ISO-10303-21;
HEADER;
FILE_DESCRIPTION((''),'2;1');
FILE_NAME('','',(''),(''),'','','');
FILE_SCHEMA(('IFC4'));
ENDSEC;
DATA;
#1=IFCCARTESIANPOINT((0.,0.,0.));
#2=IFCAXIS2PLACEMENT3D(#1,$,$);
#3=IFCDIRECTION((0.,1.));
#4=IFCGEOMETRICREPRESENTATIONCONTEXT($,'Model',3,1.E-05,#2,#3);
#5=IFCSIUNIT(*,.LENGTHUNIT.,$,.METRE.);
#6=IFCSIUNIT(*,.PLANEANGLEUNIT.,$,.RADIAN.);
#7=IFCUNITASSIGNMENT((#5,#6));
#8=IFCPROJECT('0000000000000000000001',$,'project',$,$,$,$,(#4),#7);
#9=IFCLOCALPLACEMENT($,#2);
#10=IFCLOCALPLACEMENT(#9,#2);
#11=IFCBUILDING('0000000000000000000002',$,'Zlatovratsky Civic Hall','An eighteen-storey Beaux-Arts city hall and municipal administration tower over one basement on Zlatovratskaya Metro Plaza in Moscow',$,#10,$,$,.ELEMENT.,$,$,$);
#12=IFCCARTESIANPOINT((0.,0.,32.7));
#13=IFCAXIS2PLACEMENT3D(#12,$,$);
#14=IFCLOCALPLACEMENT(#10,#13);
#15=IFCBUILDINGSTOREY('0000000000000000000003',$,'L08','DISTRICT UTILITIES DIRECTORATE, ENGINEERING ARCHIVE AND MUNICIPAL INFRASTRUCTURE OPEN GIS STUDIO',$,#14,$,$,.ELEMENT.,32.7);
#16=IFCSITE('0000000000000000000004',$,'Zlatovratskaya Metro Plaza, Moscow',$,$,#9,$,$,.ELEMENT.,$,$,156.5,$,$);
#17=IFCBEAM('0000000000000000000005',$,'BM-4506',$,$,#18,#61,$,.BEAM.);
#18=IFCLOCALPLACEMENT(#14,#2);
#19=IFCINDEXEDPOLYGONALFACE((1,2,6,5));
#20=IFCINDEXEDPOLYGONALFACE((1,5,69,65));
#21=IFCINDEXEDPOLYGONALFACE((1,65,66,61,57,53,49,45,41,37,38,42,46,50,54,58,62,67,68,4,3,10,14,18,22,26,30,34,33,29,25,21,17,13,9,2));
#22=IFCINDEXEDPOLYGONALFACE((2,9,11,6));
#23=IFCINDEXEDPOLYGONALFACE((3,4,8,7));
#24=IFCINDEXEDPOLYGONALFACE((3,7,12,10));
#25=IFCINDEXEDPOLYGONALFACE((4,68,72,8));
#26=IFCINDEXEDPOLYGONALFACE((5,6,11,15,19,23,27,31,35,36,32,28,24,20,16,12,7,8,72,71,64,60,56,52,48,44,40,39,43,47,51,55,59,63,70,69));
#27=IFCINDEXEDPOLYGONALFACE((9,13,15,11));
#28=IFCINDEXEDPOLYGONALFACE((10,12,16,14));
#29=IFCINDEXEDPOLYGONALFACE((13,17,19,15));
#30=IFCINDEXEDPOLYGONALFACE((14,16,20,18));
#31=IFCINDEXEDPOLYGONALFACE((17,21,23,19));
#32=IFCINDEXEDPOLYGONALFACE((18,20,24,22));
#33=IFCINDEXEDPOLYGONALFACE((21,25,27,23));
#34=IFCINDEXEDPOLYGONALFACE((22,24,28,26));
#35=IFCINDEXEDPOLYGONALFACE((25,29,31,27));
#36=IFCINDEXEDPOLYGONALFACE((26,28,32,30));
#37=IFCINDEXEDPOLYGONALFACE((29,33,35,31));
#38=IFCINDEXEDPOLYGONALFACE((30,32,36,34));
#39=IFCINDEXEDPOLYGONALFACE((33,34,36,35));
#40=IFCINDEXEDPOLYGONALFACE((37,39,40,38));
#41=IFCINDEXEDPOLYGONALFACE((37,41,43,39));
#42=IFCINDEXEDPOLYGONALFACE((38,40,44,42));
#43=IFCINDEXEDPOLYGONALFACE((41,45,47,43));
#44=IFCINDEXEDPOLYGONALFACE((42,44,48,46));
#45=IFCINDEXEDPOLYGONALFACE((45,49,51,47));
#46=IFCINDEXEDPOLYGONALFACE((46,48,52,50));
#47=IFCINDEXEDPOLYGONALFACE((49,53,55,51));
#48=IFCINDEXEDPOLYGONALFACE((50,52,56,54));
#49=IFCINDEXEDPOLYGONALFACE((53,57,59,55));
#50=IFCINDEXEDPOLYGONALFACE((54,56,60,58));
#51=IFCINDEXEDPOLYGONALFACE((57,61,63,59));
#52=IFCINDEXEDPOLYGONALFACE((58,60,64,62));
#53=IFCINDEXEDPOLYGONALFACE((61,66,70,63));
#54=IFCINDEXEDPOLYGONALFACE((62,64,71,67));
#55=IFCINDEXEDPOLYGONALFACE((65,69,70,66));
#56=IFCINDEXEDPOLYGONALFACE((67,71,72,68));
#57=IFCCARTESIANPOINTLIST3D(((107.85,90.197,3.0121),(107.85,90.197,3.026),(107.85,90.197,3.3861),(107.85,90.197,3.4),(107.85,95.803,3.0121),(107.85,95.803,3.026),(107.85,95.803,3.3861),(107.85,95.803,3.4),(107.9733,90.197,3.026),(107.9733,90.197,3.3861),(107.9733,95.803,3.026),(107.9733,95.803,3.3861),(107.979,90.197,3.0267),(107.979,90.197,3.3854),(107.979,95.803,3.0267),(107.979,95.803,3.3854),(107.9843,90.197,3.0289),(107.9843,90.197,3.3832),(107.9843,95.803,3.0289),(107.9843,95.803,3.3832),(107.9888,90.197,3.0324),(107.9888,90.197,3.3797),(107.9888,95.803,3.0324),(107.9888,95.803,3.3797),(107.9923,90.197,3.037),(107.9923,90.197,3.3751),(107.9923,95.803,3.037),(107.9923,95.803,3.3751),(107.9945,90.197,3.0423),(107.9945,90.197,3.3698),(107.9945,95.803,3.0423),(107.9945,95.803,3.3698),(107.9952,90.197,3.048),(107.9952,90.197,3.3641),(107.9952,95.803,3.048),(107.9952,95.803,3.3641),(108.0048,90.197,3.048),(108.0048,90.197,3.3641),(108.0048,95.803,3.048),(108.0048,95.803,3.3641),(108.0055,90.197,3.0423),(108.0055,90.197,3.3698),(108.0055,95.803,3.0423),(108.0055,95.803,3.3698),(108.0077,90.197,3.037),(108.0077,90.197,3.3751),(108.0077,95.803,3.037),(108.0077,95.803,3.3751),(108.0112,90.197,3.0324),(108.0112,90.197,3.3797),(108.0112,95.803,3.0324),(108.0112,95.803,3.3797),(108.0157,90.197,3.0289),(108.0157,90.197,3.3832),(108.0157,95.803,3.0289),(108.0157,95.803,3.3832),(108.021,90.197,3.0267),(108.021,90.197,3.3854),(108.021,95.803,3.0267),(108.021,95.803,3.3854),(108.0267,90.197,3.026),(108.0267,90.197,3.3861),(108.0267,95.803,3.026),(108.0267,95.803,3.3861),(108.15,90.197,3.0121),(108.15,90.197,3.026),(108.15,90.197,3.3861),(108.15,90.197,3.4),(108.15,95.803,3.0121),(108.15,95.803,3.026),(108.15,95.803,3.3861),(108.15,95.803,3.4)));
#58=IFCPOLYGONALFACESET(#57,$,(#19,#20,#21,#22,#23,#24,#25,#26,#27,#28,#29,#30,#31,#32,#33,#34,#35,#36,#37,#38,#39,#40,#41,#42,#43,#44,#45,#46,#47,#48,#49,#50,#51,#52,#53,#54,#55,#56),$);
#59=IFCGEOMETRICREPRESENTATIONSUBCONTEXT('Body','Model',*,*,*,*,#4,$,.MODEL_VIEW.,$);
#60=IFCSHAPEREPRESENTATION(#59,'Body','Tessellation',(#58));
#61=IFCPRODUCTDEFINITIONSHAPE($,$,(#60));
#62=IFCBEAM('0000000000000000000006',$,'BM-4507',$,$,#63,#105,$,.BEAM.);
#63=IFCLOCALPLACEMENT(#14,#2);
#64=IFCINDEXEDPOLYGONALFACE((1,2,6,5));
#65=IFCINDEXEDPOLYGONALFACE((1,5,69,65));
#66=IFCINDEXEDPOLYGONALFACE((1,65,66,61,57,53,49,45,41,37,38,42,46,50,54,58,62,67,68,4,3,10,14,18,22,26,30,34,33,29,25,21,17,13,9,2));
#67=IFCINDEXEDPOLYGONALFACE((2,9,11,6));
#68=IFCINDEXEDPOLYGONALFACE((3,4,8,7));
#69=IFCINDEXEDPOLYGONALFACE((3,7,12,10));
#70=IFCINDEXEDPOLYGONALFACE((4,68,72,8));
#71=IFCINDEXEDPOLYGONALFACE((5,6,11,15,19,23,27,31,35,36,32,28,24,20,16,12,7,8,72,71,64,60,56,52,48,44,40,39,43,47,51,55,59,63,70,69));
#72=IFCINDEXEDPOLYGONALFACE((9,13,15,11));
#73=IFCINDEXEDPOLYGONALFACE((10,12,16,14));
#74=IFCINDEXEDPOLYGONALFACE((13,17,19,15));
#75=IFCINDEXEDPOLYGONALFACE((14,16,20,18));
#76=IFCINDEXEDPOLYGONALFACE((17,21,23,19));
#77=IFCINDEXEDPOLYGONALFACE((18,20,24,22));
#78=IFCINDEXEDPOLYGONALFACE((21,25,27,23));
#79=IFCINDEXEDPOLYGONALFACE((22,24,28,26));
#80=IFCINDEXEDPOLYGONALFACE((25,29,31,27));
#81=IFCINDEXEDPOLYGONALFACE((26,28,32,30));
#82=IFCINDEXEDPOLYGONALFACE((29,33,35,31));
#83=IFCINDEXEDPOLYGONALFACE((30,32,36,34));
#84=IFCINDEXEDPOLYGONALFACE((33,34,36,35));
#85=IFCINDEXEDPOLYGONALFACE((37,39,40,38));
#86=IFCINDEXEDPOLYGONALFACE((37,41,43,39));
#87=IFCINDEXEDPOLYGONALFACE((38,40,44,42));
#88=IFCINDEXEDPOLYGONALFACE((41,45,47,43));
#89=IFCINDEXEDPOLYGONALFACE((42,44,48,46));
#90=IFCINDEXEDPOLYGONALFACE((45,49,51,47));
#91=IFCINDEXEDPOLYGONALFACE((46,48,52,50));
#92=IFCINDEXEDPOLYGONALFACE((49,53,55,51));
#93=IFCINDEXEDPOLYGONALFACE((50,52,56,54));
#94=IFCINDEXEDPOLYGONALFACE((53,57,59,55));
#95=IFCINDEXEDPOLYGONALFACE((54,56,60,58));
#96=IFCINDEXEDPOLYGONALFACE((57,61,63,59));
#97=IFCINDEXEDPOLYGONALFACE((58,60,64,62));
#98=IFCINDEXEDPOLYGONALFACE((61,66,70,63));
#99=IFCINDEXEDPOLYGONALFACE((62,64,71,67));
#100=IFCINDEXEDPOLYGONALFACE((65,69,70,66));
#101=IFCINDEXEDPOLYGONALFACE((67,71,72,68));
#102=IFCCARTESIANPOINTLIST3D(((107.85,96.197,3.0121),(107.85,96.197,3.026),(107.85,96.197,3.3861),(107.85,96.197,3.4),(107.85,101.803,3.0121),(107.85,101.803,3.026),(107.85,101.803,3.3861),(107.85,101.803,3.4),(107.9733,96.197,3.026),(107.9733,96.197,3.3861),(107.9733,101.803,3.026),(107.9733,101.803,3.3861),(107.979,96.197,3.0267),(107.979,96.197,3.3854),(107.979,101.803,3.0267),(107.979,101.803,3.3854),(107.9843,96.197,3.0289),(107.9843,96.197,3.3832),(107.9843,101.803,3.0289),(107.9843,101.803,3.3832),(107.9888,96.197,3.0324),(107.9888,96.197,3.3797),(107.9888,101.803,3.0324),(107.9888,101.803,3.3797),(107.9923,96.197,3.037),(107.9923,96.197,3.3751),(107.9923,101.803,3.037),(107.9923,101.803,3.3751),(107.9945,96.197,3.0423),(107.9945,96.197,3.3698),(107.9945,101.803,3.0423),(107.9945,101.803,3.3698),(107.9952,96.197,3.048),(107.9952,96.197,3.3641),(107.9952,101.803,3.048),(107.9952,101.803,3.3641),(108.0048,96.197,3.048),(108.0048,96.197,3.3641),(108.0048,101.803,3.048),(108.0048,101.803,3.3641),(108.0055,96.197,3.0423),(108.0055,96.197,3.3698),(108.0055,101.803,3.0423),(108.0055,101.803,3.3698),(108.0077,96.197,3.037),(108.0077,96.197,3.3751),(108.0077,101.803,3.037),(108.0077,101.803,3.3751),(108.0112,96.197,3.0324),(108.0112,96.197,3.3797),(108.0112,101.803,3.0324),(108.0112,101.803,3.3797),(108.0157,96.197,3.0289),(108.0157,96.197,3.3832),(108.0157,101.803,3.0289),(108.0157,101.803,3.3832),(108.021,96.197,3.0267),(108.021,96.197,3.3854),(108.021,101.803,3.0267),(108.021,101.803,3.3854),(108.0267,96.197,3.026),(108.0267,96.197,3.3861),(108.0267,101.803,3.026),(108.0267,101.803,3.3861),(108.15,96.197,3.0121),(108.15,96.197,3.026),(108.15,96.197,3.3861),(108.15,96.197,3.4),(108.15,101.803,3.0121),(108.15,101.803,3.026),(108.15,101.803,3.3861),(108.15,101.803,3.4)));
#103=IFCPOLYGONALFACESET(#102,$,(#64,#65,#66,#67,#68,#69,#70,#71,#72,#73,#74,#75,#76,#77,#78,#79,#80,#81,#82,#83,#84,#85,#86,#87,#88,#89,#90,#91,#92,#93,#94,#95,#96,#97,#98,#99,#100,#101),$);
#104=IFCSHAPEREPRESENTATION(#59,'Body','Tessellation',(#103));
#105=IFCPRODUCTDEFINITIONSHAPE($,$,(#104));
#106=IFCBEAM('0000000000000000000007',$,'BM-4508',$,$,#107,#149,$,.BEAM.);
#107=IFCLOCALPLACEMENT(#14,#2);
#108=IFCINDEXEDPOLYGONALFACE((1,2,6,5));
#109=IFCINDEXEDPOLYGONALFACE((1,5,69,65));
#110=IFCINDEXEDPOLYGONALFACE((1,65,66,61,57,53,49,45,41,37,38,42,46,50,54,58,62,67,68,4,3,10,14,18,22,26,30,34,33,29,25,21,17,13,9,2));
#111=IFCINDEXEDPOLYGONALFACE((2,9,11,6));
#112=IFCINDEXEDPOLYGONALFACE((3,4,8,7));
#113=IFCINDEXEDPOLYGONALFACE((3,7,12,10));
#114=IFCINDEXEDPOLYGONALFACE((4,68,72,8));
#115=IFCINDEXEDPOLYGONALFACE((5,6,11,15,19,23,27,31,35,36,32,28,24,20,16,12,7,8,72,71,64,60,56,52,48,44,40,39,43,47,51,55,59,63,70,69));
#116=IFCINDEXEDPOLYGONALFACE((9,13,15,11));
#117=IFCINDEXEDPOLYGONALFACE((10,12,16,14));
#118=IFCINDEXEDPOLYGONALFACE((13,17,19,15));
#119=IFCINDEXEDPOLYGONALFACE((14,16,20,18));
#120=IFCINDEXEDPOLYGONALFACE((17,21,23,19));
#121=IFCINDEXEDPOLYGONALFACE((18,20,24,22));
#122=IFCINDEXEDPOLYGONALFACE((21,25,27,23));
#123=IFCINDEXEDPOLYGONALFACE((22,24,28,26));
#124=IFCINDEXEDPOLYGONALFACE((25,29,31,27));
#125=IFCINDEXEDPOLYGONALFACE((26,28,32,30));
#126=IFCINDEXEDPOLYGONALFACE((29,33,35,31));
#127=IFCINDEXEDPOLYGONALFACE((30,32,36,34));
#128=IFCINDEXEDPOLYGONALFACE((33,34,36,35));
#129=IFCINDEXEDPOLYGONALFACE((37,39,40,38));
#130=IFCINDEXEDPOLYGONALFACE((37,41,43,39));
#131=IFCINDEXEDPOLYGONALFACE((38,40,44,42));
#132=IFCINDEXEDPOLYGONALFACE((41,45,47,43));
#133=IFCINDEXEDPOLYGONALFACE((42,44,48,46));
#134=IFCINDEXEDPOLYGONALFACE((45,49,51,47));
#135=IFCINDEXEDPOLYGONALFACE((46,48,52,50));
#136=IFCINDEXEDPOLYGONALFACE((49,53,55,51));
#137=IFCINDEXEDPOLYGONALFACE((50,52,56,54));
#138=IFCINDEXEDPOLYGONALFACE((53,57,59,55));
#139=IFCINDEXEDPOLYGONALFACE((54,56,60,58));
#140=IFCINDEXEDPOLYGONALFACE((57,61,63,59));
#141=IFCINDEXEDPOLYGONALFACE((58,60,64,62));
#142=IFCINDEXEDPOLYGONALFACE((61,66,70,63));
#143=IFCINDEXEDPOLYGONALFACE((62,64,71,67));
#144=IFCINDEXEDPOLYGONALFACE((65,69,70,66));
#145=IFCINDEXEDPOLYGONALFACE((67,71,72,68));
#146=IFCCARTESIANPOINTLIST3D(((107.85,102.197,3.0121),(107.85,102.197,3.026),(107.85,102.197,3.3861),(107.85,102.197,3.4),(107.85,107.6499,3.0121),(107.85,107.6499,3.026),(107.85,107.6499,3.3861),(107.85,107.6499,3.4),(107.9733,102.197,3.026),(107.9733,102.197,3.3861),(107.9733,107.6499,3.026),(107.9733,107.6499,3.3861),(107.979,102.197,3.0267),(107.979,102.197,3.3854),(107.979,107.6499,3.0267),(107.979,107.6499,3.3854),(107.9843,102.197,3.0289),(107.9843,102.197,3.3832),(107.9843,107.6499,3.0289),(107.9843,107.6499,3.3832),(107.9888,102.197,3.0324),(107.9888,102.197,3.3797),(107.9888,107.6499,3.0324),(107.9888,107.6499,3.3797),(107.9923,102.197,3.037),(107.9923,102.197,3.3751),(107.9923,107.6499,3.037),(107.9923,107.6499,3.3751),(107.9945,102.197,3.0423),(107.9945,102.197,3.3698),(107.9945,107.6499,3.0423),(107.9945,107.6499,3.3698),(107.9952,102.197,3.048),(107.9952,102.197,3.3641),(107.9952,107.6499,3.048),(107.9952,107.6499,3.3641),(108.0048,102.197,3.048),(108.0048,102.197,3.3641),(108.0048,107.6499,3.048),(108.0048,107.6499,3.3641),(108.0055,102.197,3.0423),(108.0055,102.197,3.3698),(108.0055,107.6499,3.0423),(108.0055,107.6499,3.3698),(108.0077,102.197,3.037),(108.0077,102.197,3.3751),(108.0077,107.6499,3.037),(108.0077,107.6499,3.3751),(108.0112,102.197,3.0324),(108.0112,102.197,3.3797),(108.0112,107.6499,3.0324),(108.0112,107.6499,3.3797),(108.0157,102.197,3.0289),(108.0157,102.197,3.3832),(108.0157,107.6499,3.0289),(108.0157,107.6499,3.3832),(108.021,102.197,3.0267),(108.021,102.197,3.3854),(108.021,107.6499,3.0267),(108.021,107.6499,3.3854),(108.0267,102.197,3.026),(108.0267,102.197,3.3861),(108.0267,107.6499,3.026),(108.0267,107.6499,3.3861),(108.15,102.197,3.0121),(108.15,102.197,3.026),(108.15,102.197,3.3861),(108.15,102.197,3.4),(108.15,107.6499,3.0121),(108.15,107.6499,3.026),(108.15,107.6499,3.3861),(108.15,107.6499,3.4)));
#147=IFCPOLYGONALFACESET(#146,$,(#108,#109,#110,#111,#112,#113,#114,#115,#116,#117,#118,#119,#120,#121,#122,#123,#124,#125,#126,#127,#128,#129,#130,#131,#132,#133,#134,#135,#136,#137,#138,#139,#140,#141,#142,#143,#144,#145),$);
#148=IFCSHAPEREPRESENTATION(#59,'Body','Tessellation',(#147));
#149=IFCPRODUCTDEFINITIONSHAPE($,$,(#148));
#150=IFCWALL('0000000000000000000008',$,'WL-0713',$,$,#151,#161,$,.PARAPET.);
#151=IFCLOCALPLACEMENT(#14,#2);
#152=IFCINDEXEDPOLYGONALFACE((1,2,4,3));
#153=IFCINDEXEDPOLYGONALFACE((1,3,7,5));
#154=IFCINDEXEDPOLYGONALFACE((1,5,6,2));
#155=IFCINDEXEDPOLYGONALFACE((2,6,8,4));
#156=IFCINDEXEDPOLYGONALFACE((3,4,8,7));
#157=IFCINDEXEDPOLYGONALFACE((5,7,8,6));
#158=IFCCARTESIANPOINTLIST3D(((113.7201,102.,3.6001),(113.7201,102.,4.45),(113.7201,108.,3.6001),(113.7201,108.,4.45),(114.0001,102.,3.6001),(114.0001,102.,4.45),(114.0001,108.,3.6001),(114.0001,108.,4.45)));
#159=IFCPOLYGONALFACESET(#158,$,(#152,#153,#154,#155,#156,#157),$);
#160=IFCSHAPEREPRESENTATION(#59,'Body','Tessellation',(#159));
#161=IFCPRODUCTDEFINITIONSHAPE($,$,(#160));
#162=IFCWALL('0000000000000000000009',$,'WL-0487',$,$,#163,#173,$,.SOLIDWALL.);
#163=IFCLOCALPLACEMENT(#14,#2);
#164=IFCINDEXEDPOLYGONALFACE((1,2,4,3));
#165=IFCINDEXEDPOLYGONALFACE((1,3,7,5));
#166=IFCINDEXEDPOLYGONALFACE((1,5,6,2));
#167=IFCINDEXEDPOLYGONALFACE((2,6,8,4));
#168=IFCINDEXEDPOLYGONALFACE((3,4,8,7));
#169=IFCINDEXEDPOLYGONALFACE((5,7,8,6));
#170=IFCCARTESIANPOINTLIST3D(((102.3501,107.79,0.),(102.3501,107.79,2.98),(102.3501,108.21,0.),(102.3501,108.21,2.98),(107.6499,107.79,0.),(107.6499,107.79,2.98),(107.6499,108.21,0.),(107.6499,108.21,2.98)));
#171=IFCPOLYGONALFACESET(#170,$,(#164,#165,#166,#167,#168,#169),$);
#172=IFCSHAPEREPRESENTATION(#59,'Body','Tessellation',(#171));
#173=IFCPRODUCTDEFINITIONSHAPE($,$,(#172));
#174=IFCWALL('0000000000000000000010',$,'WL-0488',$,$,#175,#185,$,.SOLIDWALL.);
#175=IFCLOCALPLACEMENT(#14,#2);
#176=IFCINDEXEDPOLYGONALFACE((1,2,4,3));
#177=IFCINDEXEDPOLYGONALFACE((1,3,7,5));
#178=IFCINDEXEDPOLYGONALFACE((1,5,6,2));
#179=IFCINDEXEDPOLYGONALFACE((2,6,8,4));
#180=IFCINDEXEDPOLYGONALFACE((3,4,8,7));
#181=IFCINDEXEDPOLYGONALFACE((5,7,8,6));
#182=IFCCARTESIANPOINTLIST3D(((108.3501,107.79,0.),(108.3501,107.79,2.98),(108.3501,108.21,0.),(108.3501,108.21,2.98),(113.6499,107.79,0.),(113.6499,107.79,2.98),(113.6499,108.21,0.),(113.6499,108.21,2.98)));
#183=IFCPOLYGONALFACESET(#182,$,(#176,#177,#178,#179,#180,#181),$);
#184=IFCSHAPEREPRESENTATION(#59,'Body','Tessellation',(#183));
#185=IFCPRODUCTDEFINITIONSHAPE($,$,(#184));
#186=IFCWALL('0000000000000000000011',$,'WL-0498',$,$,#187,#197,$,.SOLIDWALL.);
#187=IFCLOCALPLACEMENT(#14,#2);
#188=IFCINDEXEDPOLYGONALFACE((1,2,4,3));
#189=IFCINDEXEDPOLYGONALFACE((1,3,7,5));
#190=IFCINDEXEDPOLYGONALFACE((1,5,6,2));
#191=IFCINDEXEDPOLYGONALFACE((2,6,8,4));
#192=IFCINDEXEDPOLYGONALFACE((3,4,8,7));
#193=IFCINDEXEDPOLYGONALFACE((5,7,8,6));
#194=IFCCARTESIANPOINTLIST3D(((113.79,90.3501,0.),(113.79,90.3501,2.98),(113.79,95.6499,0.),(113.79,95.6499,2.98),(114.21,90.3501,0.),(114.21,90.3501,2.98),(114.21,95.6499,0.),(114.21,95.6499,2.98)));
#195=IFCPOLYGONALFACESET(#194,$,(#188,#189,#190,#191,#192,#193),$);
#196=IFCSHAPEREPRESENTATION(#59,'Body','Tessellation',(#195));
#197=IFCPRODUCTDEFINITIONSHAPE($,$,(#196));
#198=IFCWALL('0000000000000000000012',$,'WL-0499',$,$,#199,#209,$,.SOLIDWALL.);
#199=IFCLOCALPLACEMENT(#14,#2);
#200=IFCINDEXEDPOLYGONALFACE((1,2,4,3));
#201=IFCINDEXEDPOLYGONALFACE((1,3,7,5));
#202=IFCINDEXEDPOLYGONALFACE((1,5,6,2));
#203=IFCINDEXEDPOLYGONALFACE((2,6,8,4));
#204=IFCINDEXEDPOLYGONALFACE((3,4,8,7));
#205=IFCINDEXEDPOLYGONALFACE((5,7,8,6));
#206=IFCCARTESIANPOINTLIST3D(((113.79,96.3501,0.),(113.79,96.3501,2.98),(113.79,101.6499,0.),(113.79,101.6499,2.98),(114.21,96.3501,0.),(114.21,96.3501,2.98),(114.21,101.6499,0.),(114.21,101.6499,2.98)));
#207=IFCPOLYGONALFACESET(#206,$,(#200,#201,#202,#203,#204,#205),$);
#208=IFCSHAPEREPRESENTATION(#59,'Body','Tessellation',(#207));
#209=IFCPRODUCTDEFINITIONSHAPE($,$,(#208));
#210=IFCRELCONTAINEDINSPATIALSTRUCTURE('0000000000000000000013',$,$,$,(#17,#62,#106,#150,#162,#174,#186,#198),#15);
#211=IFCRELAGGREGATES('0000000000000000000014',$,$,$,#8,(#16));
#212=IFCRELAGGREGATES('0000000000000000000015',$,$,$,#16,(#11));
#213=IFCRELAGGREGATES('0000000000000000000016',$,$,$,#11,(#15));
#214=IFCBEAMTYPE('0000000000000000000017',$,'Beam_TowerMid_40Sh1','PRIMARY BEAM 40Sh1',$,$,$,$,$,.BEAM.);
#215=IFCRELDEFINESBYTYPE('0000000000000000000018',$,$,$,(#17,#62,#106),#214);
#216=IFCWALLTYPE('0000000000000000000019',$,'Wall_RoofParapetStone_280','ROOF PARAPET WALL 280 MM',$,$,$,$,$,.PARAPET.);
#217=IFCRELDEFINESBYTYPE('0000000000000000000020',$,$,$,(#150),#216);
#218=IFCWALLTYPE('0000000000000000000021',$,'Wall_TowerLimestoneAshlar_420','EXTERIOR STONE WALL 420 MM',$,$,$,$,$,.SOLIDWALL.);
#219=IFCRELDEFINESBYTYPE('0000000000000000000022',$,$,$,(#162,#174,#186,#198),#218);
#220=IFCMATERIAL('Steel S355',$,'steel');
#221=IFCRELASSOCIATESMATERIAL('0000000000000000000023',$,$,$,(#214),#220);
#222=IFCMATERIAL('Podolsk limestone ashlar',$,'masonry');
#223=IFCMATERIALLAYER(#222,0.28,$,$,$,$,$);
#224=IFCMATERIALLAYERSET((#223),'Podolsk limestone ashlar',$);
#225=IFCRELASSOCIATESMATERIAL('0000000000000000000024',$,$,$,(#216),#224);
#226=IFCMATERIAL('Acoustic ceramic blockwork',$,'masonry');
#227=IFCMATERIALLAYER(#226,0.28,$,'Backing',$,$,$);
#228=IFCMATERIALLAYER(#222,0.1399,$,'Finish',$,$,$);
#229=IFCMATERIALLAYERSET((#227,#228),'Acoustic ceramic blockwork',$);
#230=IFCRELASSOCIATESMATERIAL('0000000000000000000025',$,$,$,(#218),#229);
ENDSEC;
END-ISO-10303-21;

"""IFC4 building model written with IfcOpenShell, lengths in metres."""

from ifc_helpers import new_model, si_unit, direction, frame, frame_2d, origin, origin_2d, place, context, subcontext, project, spatial, rectangle, i_section, extrude, material, layer, layer_set, material_profile, profile_set, type_object, element, save


model = new_model("IFC4")

# Units and contexts
model_context = context("Model", 3, precision=1e-05, world=origin(), true_north=direction((0.0, 1.0)))
body_context = subcontext(model_context, "Body", "Model", "MODEL_VIEW")
ifc_project = project(units=[si_unit("LENGTHUNIT", "METRE"), si_unit("PLANEANGLEUNIT", "RADIAN")], contexts=[model_context])

# Site, building, storey
site_placement = place(None, origin())
site = spatial("IfcSite", under=ifc_project, at=site_placement, Name="Zlatovratskaya Metro Plaza, Moscow", CompositionType="ELEMENT", RefElevation=156.5)
building_placement = place(site_placement, origin())
building = spatial("IfcBuilding", under=site, at=building_placement, Name="Zlatovratsky Civic Hall", Description="An eighteen-storey Beaux-Arts city hall and municipal administration tower over one basement on Zlatovratskaya Metro Plaza in Moscow", CompositionType="ELEMENT")
storey_placement = place(building_placement, frame((0.0, 0.0, 32.7)))
storey = spatial("IfcBuildingStorey", under=building, at=storey_placement, Name="L08", Description="DISTRICT UTILITIES DIRECTORATE, ENGINEERING ARCHIVE AND MUNICIPAL INFRASTRUCTURE OPEN GIS STUDIO", CompositionType="ELEMENT", Elevation=32.7)

# Shared definitions
ifc_material_1 = material(Name="Steel S355", Category="steel")

# Beams
ifc_material_profile_1 = material_profile(ifc_material_1, i_section(OverallWidth=0.3, OverallDepth=0.3879, WebThickness=0.0095, FlangeThickness=0.0139, FilletRadius=0.022, at=origin_2d()), Name="40Sh1")
ifc_profile_set_1 = profile_set([ifc_material_profile_1], Name="Steel S355")
beam_type_1 = type_object("IfcBeamType", Name="Beam_TowerMid_40Sh1", Description="PRIMARY BEAM 40Sh1", PredefinedType="BEAM", material=ifc_profile_set_1)
for number, where, z_axis, x_axis, name in (
    (1, (108.0, 90.197, 3.2061), (0.0, 1.0, 0.0), (-1.0, 0.0, 0.0), "BM-4506"),
    (2, (108.0, 96.197, 3.2061), (0.0, 1.0, 0.0), (-1.0, 0.0, 0.0), "BM-4507"),
):
    element("IfcBeam", number, at=place(storey_placement, frame(where, z_axis=z_axis, x_axis=x_axis)), inside=storey, type_object=beam_type_1, Name=name, PredefinedType="BEAM", context=body_context, shape_type="SweptSolid", body=[
        extrude(i_section(OverallWidth=0.3, OverallDepth=0.3879, WebThickness=0.0095, FlangeThickness=0.0139, FilletRadius=0.022, at=origin_2d()), origin(), (0.0, 0.0, 1.0), 5.606),
    ])
beam_placement = place(storey_placement, frame((108.0, 102.197, 3.2061), z_axis=(0.0, 1.0, 0.0), x_axis=(-1.0, 0.0, 0.0)))
element("IfcBeam", 3, at=beam_placement, inside=storey, type_object=beam_type_1, Name="BM-4508", PredefinedType="BEAM", context=body_context, shape_type="SweptSolid", body=[
    extrude(i_section(OverallWidth=0.3, OverallDepth=0.3879, WebThickness=0.0095, FlangeThickness=0.0139, FilletRadius=0.022, at=origin_2d()), origin(), (0.0, 0.0, 1.0), 5.4529),
])

# Walls
ifc_material_2 = material(Name="Podolsk limestone ashlar", Category="masonry")
ifc_layer_1 = layer(ifc_material_2, 0.28)
ifc_layer_set_1 = layer_set([ifc_layer_1], Name="Podolsk limestone ashlar")
wall_type_1 = type_object("IfcWallType", Name="Wall_RoofParapetStone_280", Description="ROOF PARAPET WALL 280 MM", PredefinedType="PARAPET", material=ifc_layer_set_1)
wall_placement = place(storey_placement, frame((113.8601, 102.0, 3.6001), z_axis=(0.0, 0.0, 1.0), x_axis=(0.0, 1.0, 0.0)))
element("IfcWall", 4, at=wall_placement, inside=storey, type_object=wall_type_1, Name="WL-0713", PredefinedType="PARAPET", context=body_context, shape_type="SweptSolid", body=[
    extrude(rectangle(XDim=6.0, YDim=0.28, at=frame_2d((3.0, 0.0))), origin(), (0.0, 0.0, 1.0), 0.8499),
])
ifc_material_3 = material(Name="Acoustic ceramic blockwork", Category="masonry")
ifc_layer_2 = layer(ifc_material_3, 0.28, Name="Backing")
ifc_layer_3 = layer(ifc_material_2, 0.1399, Name="Finish")
ifc_layer_set_2 = layer_set([ifc_layer_2, ifc_layer_3], Name="Acoustic ceramic blockwork")
wall_type_2 = type_object("IfcWallType", Name="Wall_TowerLimestoneAshlar_420", Description="EXTERIOR STONE WALL 420 MM", PredefinedType="SOLIDWALL", material=ifc_layer_set_2)
for number, where, z_axis, x_axis, name in (
    (5, (102.3501, 108.0, 0.0), (0.0, 0.0, 1.0), (1.0, 0.0, 0.0), "WL-0487"),
    (6, (108.3501, 108.0, 0.0), (0.0, 0.0, 1.0), (1.0, 0.0, 0.0), "WL-0488"),
    (7, (114.0, 90.3501, 0.0), (0.0, 0.0, 1.0), (0.0, 1.0, 0.0), "WL-0498"),
    (8, (114.0, 96.3501, 0.0), (0.0, 0.0, 1.0), (0.0, 1.0, 0.0), "WL-0499"),
):
    element("IfcWall", number, at=place(storey_placement, frame(where, z_axis=z_axis, x_axis=x_axis)), inside=storey, type_object=wall_type_2, Name=name, PredefinedType="SOLIDWALL", context=body_context, shape_type="SweptSolid", body=[
        extrude(rectangle(XDim=5.2998, YDim=0.4199, at=frame_2d((2.6499, 0.0))), origin(), (0.0, 0.0, 1.0), 2.98),
    ])

save(model, "model.ifc")
